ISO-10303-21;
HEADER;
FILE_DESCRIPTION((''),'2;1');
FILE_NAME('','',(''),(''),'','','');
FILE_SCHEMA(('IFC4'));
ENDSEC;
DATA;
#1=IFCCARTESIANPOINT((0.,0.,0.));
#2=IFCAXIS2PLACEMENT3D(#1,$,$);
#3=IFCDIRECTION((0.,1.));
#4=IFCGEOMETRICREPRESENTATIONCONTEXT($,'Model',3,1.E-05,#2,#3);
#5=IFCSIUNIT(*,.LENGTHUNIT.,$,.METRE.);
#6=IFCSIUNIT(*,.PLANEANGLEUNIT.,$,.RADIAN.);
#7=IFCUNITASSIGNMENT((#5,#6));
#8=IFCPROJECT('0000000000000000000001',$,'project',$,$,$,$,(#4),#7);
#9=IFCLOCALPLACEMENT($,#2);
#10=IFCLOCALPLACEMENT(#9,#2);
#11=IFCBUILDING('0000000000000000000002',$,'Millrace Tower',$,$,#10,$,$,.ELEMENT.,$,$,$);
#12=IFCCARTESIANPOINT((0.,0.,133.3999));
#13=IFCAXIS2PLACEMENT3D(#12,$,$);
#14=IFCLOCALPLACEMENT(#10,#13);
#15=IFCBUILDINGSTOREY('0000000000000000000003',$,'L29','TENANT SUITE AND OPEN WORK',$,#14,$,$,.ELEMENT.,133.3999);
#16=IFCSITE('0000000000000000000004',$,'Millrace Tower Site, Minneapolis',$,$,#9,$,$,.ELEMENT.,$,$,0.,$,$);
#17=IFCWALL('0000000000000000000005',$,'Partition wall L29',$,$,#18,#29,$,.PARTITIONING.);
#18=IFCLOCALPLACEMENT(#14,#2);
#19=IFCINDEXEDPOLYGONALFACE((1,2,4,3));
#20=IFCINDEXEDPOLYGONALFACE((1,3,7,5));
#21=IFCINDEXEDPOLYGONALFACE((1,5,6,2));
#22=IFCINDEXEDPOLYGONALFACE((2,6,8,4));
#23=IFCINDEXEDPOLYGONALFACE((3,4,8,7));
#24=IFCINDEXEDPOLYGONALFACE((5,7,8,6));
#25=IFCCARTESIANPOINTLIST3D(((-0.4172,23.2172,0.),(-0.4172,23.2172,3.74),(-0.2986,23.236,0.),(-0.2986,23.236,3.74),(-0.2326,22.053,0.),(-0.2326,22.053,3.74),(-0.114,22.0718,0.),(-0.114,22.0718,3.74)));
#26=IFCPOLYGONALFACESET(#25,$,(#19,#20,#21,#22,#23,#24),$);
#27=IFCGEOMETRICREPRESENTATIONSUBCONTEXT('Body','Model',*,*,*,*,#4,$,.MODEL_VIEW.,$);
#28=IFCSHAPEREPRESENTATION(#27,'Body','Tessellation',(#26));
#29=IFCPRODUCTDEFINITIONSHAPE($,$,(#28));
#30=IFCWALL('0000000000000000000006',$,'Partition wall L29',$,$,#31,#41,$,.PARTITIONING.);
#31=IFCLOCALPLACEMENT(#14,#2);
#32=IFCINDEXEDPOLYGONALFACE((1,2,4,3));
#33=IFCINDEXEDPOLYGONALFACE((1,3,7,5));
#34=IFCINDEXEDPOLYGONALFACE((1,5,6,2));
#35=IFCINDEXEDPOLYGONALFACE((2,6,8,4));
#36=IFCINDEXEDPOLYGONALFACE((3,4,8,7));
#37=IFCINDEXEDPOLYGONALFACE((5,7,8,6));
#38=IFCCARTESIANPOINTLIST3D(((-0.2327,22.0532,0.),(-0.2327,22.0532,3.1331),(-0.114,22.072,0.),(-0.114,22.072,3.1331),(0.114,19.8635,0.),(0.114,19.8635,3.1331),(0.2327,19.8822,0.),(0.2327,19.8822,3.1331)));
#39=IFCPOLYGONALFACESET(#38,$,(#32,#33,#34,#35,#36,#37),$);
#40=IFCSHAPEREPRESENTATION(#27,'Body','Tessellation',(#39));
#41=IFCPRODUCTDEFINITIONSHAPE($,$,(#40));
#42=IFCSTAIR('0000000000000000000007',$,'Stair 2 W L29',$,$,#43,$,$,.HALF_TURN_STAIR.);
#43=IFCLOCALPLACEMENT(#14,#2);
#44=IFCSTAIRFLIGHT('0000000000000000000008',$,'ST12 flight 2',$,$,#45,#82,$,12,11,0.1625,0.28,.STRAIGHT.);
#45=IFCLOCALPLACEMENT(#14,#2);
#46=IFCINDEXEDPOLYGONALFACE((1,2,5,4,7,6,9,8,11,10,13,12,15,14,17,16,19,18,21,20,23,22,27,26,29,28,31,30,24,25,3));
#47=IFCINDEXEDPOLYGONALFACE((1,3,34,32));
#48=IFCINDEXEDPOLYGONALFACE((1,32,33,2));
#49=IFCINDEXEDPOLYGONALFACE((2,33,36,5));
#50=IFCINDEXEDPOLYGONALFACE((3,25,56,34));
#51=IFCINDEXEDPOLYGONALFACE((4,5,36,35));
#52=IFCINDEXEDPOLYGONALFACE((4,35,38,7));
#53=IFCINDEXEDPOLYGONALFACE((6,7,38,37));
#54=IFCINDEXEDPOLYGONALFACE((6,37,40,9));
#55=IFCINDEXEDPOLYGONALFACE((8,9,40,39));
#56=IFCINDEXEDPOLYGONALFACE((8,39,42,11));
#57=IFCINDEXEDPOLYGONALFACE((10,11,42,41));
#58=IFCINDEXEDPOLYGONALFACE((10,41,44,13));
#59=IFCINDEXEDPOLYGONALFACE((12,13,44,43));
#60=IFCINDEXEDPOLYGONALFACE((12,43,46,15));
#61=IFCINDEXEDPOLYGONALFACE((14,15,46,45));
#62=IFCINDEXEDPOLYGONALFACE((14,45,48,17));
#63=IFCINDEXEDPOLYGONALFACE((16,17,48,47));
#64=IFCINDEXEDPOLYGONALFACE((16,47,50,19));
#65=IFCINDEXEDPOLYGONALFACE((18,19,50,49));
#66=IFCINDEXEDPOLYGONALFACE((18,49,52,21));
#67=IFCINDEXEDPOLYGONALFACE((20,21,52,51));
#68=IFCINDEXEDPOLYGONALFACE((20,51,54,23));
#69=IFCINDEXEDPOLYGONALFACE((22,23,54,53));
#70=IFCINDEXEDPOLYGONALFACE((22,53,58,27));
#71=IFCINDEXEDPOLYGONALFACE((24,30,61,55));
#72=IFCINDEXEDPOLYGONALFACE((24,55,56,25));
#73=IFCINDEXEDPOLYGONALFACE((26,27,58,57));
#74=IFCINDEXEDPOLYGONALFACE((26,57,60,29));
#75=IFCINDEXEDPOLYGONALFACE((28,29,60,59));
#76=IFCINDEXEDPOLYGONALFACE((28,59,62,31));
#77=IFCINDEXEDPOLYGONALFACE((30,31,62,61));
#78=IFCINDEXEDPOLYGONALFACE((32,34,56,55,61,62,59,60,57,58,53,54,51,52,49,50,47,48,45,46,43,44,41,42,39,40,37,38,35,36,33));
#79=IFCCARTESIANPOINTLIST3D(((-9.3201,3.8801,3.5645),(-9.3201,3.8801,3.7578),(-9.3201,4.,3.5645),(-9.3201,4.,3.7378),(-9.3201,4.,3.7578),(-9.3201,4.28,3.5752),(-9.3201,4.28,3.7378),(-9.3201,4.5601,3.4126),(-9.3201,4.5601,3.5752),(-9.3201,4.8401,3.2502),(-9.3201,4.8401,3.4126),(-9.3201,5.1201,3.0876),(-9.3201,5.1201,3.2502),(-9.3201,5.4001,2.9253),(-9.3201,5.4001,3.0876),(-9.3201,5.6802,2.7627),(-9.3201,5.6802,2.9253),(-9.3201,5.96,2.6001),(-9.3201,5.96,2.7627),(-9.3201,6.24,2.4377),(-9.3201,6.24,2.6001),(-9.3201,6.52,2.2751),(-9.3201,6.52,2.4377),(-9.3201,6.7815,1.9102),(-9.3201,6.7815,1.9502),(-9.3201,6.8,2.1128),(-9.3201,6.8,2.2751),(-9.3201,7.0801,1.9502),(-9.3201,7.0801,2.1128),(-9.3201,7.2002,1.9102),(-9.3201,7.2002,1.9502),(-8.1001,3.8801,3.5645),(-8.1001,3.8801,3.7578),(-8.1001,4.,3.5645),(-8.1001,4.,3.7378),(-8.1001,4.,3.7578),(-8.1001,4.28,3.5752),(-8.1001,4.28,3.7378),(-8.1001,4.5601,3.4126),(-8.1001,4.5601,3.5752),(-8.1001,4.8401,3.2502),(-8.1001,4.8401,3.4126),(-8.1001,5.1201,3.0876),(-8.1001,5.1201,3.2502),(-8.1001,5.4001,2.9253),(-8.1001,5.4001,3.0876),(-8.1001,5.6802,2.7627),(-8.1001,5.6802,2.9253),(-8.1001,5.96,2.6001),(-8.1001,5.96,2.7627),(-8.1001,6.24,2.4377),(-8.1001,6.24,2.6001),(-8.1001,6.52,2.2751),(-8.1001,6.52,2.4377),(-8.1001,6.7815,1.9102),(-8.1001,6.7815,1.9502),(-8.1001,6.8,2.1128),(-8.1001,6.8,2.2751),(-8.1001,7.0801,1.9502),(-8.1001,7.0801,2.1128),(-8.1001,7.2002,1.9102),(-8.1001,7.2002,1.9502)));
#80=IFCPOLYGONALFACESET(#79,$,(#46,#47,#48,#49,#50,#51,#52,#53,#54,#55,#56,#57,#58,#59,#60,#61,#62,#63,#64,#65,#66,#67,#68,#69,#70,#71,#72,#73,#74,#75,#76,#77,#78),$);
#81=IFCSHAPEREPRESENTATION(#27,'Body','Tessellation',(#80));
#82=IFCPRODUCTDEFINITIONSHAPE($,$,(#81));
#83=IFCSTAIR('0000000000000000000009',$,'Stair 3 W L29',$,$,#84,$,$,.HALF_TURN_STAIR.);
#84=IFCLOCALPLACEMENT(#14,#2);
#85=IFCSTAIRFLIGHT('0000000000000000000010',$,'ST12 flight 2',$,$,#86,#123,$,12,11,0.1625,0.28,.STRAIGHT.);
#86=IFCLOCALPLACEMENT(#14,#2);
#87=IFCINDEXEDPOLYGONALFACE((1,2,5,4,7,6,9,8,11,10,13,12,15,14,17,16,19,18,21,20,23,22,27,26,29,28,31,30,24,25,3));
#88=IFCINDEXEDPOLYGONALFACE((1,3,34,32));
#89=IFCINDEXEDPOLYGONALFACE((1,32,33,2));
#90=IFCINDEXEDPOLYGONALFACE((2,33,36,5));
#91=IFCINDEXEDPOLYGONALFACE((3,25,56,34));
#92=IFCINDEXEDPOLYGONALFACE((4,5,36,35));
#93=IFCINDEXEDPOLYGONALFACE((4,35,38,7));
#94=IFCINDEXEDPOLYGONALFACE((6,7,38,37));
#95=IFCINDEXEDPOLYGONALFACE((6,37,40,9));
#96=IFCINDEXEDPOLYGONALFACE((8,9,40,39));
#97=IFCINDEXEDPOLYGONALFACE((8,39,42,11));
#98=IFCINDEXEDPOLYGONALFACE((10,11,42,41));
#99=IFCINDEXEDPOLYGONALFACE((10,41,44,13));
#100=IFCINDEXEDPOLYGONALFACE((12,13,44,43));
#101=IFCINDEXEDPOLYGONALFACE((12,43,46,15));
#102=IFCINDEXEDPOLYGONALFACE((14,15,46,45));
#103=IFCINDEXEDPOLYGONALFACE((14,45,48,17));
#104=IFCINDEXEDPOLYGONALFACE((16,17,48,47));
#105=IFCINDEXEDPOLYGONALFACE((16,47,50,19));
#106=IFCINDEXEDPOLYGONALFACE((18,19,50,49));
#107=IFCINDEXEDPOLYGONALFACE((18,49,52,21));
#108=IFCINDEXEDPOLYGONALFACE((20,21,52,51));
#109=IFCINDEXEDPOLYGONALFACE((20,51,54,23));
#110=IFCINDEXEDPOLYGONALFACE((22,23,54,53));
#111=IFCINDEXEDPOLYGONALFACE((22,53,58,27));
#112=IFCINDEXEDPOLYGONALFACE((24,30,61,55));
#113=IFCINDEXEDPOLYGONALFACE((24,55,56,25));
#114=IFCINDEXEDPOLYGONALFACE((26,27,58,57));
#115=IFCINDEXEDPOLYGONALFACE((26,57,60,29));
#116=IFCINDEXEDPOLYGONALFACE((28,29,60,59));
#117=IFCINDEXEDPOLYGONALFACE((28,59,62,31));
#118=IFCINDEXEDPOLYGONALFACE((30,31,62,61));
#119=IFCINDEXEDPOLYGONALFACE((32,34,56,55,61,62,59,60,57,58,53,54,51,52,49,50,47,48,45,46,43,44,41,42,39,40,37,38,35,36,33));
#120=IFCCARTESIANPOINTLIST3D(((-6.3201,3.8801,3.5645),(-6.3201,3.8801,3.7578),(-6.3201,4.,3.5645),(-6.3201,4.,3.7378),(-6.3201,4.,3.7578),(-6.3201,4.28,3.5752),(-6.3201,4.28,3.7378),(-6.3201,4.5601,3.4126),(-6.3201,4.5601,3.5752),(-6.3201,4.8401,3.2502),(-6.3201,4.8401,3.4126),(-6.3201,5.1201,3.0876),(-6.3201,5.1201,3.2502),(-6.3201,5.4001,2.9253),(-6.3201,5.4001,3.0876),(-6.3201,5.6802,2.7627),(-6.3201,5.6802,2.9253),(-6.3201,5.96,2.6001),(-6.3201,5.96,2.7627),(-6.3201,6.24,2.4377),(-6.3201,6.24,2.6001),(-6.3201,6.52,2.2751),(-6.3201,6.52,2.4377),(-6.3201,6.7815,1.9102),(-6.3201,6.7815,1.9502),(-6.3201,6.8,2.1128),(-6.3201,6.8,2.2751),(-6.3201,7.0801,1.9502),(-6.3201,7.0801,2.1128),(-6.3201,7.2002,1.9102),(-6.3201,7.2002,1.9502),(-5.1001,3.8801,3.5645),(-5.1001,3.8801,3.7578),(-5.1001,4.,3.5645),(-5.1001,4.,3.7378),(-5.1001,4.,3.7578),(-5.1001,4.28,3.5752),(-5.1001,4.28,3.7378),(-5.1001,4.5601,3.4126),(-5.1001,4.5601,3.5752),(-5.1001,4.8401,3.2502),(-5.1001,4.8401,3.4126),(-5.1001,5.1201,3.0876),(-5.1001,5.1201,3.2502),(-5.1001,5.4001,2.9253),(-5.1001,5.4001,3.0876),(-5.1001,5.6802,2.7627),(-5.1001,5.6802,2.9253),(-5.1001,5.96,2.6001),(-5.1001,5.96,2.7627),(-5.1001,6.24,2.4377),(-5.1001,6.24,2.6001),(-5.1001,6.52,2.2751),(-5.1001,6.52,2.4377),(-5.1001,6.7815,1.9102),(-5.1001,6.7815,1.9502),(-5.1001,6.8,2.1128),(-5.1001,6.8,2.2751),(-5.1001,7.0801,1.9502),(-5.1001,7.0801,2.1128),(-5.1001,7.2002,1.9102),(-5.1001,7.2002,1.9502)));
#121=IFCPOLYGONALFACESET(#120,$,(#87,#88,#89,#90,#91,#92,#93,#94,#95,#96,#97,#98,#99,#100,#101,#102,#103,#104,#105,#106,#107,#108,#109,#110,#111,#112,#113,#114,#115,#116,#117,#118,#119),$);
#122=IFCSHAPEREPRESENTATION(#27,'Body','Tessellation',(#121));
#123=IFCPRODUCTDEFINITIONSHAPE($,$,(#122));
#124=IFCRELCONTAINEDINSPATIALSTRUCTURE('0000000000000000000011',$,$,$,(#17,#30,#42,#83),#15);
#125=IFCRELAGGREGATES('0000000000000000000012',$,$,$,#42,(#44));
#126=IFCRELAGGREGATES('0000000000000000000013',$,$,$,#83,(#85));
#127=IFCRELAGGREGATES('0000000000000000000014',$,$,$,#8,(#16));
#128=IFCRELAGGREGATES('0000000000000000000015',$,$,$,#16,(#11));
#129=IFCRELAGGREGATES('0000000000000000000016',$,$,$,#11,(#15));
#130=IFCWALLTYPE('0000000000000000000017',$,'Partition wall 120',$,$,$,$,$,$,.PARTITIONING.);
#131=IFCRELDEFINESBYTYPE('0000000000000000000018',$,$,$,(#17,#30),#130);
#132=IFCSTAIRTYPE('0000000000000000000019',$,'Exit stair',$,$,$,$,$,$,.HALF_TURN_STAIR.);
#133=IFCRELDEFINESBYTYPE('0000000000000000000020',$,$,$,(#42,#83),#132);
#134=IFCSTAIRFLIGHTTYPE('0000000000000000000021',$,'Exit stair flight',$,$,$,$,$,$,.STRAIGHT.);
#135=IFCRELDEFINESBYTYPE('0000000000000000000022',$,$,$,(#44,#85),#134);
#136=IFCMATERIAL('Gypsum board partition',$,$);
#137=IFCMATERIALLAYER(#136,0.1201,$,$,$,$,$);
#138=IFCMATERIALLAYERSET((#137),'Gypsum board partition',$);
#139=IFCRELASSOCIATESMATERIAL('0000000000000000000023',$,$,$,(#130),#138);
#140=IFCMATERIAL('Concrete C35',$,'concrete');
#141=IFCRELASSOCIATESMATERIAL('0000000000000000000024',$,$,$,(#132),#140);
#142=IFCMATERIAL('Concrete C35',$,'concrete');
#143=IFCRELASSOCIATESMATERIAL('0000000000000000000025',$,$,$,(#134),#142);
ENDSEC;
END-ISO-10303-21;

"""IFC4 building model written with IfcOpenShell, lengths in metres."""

from ifc_helpers import new_model, si_unit, direction, frame, frame_2d, origin, place, context, subcontext, project, spatial, polyline, rectangle, outline, extrude, material, layer, layer_set, type_object, element, aggregate, save


model = new_model("IFC4")

# Units and contexts
model_context = context("Model", 3, precision=1e-05, world=origin(), true_north=direction((0.0, 1.0)))
body_context = subcontext(model_context, "Body", "Model", "MODEL_VIEW")
ifc_project = project(units=[si_unit("LENGTHUNIT", "METRE"), si_unit("PLANEANGLEUNIT", "RADIAN")], contexts=[model_context])

# Site, building, storey
site_placement = place(None, origin())
site = spatial("IfcSite", under=ifc_project, at=site_placement, Name="Millrace Tower Site, Minneapolis", CompositionType="ELEMENT", RefElevation=0.0)
building_placement = place(site_placement, origin())
building = spatial("IfcBuilding", under=site, at=building_placement, Name="Millrace Tower", CompositionType="ELEMENT")
storey_placement = place(building_placement, frame((0.0, 0.0, 133.3999)))
storey = spatial("IfcBuildingStorey", under=building, at=storey_placement, Name="L29", Description="TENANT SUITE AND OPEN WORK", CompositionType="ELEMENT", Elevation=133.3999)

# Shared definitions
placement = place(storey_placement, origin())

# Walls
ifc_material_1 = material(Name="Gypsum board partition")
ifc_layer_1 = layer(ifc_material_1, 0.1201)
ifc_layer_set_1 = layer_set([ifc_layer_1], Name="Gypsum board partition")
wall_type_1 = type_object("IfcWallType", Name="Partition wall 120", PredefinedType="PARTITIONING", material=ifc_layer_set_1)
wall_1_placement = place(storey_placement, frame((-0.3579, 23.2266, 0.0), z_axis=(0.0, 0.0, 1.0), x_axis=(0.156601, -0.987662, 0.0)))
element("IfcWall", 1, at=wall_1_placement, inside=storey, type_object=wall_type_1, Name="Partition wall L29", PredefinedType="PARTITIONING", context=body_context, shape_type="SweptSolid", body=[
    extrude(rectangle(XDim=1.1787, YDim=0.1201, at=frame_2d((0.5894, 0.0))), origin(), (0.0, 0.0, 1.0), 3.74),
])
wall_2_placement = place(storey_placement, frame((-0.1733, 22.0625, 0.0), z_axis=(0.0, 0.0, 1.0), x_axis=(0.156375, -0.987698, 0.0)))
element("IfcWall", 2, at=wall_2_placement, inside=storey, type_object=wall_type_1, Name="Partition wall L29", PredefinedType="PARTITIONING", context=body_context, shape_type="SweptSolid", body=[
    extrude(rectangle(XDim=2.217, YDim=0.1201, at=frame_2d((1.1084, 0.0))), origin(), (0.0, 0.0, 1.0), 3.1331),
])

# Stairs, stair flights
ifc_material_2 = material(Name="Concrete C35", Category="concrete")
stair_type = type_object("IfcStairType", Name="Exit stair", PredefinedType="HALF_TURN_STAIR", material=ifc_material_2)
stair_1 = element("IfcStair", 3, at=placement, inside=storey, type_object=stair_type, Name="Stair 2 W L29", PredefinedType="HALF_TURN_STAIR")
ifc_material_3 = material(Name="Concrete C35", Category="concrete")
stair_flight_type = type_object("IfcStairFlightType", Name="Exit stair flight", PredefinedType="STRAIGHT", material=ifc_material_3)
stair_flight_1_placement = place(storey_placement, frame((-8.71, 7.0801, 1.9502), z_axis=(0.0, 0.0, 1.0), x_axis=(0.0, -1.0, 0.0)))
stair_flight_1 = element("IfcStairFlight", 4, at=stair_flight_1_placement, type_object=stair_flight_type, Name="ST12 flight 2", NumberOfRisers=12, NumberOfTreads=11, PredefinedType="STRAIGHT", RiserHeight=0.1625, TreadLength=0.28, context=body_context, shape_type="SweptSolid", body=[
    extrude(outline(polyline([(-0.1201, -0.04), (-0.1201, 0.0), (0.0, 0.0), (0.0, 0.1626), (0.28, 0.1626), (0.28, 0.325), (0.5601, 0.325), (0.5601, 0.4875), (0.8401, 0.4875), (0.8401, 0.6499), (1.1201, 0.6499), (1.1201, 0.8125), (1.3999, 0.8125), (1.3999, 0.9751), (1.6799, 0.9751), (1.6799, 1.1375), (1.96, 1.1375), (1.96, 1.3), (2.24, 1.3), (2.24, 1.4624), (2.52, 1.4624), (2.52, 1.625), (2.8, 1.625), (2.8, 1.7876), (3.0801, 1.7876), (3.0801, 1.8076), (3.2, 1.8076), (3.2, 1.6143), (3.0801, 1.6143), (0.2986, 0.0), (0.2986, -0.04), (-0.1201, -0.04)])), frame((0.0, 0.6099, 0.0), z_axis=(0.0, -1.0, 0.0), x_axis=(1.0, 0.0, 0.0)), (0.0, 0.0, 1.0), 1.22),
])
aggregate(stair_1, [stair_flight_1])
stair_2 = element("IfcStair", 5, at=placement, inside=storey, type_object=stair_type, Name="Stair 3 W L29", PredefinedType="HALF_TURN_STAIR")
stair_flight_2_placement = place(storey_placement, frame((-5.71, 7.0801, 1.9502), z_axis=(0.0, 0.0, 1.0), x_axis=(0.0, -1.0, 0.0)))
stair_flight_2 = element("IfcStairFlight", 6, at=stair_flight_2_placement, type_object=stair_flight_type, Name="ST12 flight 2", NumberOfRisers=12, NumberOfTreads=11, PredefinedType="STRAIGHT", RiserHeight=0.1625, TreadLength=0.28, context=body_context, shape_type="SweptSolid", body=[
    extrude(outline(polyline([(-0.1201, -0.04), (-0.1201, 0.0), (0.0, 0.0), (0.0, 0.1626), (0.28, 0.1626), (0.28, 0.325), (0.5601, 0.325), (0.5601, 0.4875), (0.8401, 0.4875), (0.8401, 0.6499), (1.1201, 0.6499), (1.1201, 0.8125), (1.3999, 0.8125), (1.3999, 0.9751), (1.6799, 0.9751), (1.6799, 1.1375), (1.96, 1.1375), (1.96, 1.3), (2.24, 1.3), (2.24, 1.4624), (2.52, 1.4624), (2.52, 1.625), (2.8, 1.625), (2.8, 1.7876), (3.0801, 1.7876), (3.0801, 1.8076), (3.2, 1.8076), (3.2, 1.6143), (3.0801, 1.6143), (0.2986, 0.0), (0.2986, -0.04), (-0.1201, -0.04)])), frame((0.0, 0.6099, 0.0), z_axis=(0.0, -1.0, 0.0), x_axis=(1.0, 0.0, 0.0)), (0.0, 0.0, 1.0), 1.22),
])
aggregate(stair_2, [stair_flight_2])

save(model, "model.ifc")
